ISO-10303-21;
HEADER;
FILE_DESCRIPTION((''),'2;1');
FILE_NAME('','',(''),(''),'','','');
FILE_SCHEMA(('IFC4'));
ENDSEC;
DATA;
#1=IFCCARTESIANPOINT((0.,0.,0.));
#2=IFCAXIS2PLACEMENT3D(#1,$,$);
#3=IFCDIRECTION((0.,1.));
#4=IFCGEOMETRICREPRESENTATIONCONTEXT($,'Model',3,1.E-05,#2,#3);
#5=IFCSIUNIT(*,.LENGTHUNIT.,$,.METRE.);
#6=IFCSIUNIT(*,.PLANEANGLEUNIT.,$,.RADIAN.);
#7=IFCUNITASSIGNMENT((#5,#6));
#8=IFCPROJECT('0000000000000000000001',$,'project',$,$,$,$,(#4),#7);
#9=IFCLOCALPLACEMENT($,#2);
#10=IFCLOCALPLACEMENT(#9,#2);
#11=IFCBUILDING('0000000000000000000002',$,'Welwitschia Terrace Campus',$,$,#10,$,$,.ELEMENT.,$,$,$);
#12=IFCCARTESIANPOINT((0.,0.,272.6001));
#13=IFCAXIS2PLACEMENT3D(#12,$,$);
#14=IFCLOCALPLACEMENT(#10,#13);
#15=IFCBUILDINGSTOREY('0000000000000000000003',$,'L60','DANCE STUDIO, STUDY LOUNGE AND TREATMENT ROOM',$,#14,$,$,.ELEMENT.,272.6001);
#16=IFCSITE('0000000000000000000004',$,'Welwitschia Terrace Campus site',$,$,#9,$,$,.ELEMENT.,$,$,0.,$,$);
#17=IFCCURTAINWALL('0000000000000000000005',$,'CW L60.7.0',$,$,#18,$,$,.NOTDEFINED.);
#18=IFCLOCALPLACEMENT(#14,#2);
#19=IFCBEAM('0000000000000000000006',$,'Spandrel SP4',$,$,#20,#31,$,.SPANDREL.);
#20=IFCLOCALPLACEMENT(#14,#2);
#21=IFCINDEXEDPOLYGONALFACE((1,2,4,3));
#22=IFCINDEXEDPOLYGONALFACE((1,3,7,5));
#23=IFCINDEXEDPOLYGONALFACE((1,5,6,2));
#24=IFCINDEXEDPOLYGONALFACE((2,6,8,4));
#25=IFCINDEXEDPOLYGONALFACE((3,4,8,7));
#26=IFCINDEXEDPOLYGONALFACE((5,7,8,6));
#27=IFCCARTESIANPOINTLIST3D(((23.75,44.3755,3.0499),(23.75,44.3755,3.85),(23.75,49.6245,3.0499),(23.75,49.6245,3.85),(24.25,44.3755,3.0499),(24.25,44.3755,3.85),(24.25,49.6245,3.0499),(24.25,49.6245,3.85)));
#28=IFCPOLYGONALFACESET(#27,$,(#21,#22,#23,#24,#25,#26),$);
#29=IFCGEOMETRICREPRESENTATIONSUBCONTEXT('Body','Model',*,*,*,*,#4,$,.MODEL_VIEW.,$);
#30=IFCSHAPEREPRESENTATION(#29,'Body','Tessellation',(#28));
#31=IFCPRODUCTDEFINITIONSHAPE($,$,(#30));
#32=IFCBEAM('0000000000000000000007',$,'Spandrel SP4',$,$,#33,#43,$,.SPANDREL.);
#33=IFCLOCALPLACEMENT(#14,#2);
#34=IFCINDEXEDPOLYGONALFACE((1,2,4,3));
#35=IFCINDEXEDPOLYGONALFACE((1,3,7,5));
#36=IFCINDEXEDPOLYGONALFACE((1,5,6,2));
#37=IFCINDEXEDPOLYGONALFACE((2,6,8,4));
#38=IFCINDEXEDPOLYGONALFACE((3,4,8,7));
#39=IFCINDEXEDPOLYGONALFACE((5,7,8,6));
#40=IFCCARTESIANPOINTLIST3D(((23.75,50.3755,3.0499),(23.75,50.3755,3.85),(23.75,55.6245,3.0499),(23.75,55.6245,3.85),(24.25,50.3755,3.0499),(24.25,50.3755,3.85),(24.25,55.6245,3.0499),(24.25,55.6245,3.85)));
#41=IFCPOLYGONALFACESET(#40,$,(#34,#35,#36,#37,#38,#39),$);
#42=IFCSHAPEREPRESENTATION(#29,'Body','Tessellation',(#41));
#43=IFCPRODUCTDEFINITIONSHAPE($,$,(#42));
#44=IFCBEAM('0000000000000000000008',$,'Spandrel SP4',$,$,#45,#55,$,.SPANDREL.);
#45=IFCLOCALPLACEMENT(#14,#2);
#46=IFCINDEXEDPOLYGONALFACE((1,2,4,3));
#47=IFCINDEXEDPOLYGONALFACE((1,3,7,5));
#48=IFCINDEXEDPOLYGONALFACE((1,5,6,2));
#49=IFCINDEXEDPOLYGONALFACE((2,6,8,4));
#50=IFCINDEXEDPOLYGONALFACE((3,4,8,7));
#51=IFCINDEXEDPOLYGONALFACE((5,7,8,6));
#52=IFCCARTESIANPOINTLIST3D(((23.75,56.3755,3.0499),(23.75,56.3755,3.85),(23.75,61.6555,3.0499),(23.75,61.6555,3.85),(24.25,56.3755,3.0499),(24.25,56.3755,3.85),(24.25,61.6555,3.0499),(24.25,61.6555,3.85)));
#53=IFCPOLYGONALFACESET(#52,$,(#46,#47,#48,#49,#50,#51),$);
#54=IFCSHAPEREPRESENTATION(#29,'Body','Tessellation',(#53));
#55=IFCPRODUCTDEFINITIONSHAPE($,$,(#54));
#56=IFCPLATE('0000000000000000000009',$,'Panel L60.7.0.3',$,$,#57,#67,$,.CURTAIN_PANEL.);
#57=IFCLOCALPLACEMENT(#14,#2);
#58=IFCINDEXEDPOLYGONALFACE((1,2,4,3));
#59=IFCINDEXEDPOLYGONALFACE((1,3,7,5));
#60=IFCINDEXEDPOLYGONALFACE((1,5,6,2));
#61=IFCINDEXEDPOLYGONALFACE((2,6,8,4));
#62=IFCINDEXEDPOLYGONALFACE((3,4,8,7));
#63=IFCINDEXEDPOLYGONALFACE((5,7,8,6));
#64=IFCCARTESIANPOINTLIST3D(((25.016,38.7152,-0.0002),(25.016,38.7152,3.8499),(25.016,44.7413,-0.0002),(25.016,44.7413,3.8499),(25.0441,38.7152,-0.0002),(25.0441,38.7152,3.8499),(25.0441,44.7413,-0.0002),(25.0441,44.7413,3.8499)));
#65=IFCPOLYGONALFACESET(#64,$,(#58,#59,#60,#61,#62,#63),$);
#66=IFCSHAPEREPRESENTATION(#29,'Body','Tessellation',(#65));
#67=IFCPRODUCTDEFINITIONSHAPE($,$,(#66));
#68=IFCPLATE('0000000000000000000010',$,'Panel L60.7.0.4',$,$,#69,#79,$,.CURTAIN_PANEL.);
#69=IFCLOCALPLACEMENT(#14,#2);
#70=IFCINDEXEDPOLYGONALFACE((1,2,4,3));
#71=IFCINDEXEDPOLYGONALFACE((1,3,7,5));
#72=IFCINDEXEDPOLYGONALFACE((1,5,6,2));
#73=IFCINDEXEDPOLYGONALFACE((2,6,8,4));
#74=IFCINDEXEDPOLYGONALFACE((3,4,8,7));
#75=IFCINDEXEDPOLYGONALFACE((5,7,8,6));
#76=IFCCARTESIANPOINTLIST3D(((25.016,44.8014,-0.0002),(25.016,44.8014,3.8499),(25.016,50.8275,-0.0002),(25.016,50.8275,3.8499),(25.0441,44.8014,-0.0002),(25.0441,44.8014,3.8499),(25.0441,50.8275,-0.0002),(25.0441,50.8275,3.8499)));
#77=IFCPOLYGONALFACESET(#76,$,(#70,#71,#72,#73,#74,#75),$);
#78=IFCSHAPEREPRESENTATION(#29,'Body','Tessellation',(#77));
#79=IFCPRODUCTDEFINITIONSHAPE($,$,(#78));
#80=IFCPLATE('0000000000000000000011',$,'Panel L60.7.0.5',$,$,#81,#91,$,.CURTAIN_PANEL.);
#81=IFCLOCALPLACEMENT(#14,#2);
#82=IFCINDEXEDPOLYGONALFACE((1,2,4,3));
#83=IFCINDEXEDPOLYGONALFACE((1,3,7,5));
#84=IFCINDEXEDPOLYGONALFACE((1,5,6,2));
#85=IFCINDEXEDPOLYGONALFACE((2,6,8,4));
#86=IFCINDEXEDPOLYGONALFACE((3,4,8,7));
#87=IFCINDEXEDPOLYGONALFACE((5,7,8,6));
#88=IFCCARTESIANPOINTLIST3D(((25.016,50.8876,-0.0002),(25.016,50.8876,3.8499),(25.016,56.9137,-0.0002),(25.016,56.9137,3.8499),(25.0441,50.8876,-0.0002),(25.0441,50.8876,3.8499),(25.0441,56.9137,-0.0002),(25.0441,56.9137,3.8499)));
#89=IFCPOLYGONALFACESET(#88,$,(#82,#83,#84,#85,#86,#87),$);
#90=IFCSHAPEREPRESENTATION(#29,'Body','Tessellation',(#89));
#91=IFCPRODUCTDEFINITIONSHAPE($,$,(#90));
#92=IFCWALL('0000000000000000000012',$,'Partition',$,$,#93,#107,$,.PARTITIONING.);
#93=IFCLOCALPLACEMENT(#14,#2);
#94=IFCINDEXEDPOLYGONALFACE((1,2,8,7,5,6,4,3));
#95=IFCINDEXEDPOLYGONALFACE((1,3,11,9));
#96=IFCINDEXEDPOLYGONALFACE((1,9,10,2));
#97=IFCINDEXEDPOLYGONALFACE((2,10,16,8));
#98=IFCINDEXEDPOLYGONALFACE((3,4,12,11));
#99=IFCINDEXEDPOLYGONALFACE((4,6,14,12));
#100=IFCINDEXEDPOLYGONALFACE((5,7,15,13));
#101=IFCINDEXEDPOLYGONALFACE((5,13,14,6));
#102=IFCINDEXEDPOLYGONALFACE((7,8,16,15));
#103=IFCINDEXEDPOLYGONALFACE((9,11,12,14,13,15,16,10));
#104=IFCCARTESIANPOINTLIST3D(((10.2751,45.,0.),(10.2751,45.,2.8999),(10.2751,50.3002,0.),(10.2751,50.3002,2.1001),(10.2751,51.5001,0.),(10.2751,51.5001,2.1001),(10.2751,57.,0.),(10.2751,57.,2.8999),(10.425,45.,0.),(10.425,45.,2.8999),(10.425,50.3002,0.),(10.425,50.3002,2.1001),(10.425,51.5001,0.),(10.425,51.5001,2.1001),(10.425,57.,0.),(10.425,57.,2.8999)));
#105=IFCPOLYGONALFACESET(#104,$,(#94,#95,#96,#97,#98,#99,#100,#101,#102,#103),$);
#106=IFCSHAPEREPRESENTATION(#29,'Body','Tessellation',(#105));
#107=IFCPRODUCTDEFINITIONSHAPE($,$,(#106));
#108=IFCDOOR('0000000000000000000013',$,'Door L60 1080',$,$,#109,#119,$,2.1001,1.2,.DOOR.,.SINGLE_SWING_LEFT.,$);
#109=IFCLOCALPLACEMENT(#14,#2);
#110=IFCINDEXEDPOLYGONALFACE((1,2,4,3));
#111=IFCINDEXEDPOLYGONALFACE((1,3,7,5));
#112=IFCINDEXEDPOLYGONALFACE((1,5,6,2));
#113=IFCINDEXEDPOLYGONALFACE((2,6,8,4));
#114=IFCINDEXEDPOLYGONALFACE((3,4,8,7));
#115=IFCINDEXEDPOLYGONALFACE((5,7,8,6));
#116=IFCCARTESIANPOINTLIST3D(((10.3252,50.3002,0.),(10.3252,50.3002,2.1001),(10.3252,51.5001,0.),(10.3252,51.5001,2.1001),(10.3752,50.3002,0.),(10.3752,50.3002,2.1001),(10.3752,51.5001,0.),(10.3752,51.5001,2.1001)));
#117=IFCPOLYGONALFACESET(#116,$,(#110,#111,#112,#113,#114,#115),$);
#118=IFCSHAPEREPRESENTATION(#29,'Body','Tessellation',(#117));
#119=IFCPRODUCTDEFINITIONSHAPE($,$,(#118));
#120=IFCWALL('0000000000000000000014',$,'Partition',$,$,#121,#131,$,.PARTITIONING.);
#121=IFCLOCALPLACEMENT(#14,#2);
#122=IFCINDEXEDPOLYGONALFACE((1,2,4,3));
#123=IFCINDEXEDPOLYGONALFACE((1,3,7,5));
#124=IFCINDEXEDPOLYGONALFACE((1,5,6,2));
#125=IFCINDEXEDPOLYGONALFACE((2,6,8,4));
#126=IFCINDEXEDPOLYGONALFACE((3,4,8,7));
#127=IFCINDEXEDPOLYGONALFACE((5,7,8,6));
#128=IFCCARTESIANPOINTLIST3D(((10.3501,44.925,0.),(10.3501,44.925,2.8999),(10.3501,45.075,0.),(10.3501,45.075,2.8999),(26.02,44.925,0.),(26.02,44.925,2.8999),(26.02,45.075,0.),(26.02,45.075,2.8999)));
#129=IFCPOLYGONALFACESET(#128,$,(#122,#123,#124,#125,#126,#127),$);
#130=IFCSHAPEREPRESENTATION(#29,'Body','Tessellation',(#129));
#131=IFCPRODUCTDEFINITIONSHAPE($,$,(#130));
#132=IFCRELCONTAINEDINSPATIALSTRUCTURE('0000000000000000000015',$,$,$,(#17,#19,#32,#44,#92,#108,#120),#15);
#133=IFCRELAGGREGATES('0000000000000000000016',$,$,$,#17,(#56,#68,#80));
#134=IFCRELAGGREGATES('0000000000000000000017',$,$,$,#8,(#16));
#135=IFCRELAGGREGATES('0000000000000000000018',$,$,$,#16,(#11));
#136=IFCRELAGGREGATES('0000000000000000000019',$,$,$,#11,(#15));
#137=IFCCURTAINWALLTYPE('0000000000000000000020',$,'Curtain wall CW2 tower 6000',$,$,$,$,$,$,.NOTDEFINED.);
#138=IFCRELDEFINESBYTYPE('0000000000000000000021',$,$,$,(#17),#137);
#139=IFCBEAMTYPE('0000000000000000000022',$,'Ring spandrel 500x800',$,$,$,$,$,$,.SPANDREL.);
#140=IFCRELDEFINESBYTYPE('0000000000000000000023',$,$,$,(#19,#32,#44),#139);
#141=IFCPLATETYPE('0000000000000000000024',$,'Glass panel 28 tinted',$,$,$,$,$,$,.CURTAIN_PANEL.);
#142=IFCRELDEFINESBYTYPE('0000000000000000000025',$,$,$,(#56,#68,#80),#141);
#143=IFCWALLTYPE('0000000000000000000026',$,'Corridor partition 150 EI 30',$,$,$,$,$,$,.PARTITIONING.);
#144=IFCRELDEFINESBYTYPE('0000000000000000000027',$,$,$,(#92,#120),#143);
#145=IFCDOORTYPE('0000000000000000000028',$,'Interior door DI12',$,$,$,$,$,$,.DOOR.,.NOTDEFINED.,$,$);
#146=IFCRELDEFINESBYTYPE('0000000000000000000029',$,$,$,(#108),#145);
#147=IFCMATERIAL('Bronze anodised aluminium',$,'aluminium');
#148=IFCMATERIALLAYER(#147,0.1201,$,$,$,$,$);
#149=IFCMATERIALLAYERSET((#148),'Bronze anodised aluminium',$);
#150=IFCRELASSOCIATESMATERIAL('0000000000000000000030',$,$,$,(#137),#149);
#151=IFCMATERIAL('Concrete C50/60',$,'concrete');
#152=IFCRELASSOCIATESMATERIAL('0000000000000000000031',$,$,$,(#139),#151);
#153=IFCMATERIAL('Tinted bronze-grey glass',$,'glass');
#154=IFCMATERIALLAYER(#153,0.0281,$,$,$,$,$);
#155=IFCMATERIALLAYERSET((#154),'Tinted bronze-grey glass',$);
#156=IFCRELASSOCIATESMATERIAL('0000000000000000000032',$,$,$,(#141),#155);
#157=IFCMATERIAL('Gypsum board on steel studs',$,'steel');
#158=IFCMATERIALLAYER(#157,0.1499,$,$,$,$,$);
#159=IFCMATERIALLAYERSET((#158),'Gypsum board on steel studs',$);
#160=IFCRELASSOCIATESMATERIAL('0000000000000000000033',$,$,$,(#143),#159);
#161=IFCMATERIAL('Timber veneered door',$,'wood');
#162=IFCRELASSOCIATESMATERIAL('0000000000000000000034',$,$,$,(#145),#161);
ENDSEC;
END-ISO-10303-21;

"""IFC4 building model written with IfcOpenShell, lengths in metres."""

from ifc_helpers import new_model, si_unit, direction, frame, frame_2d, origin, origin_2d, place, context, subcontext, project, spatial, rectangle, extrude, material, layer, layer_set, material_profile, profile_set, type_object, element, fill, aggregate, save


model = new_model("IFC4")

# Units and contexts
model_context = context("Model", 3, precision=1e-05, world=origin(), true_north=direction((0.0, 1.0)))
body_context = subcontext(model_context, "Body", "Model", "MODEL_VIEW")
ifc_project = project(units=[si_unit("LENGTHUNIT", "METRE"), si_unit("PLANEANGLEUNIT", "RADIAN")], contexts=[model_context])

# Site, building, storey
site_placement = place(None, origin())
site = spatial("IfcSite", under=ifc_project, at=site_placement, Name="Welwitschia Terrace Campus site", CompositionType="ELEMENT", RefElevation=0.0)
building_placement = place(site_placement, origin())
building = spatial("IfcBuilding", under=site, at=building_placement, Name="Welwitschia Terrace Campus", CompositionType="ELEMENT")
storey_placement = place(building_placement, frame((0.0, 0.0, 272.6001)))
storey = spatial("IfcBuildingStorey", under=building, at=storey_placement, Name="L60", Description="DANCE STUDIO, STUDY LOUNGE AND TREATMENT ROOM", CompositionType="ELEMENT", Elevation=272.6001)

# Curtain wall
ifc_material_1 = material(Name="Bronze anodised aluminium", Category="aluminium")
ifc_layer_1 = layer(ifc_material_1, 0.1201)
ifc_layer_set_1 = layer_set([ifc_layer_1], Name="Bronze anodised aluminium")
curtain_wall_type = type_object("IfcCurtainWallType", Name="Curtain wall CW2 tower 6000", PredefinedType="NOTDEFINED", material=ifc_layer_set_1)
curtain_wall_placement = place(storey_placement, origin())
curtain_wall = element("IfcCurtainWall", 1, at=curtain_wall_placement, inside=storey, type_object=curtain_wall_type, Name="CW L60.7.0", PredefinedType="NOTDEFINED")

# Beams
ifc_material_2 = material(Name="Concrete C50/60", Category="concrete")
ifc_material_profile_1 = material_profile(ifc_material_2, rectangle(XDim=0.5, YDim=0.8, at=origin_2d()))
ifc_profile_set_1 = profile_set([ifc_material_profile_1], Name="Concrete C50/60")
beam_type_1 = type_object("IfcBeamType", Name="Ring spandrel 500x800", PredefinedType="SPANDREL", material=ifc_profile_set_1)
for number, where, z_axis, x_axis, name in (
    (2, (24.0, 44.3755, 3.45), (0.0, 1.0, 0.0), (-1.0, 0.0, 0.0), "Spandrel SP4"),
    (3, (24.0, 50.3755, 3.45), (0.0, 1.0, 0.0), (-1.0, 0.0, 0.0), "Spandrel SP4"),
):
    element("IfcBeam", number, at=place(storey_placement, frame(where, z_axis=z_axis, x_axis=x_axis)), inside=storey, type_object=beam_type_1, Name=name, PredefinedType="SPANDREL", context=body_context, shape_type="SweptSolid", body=[
        extrude(rectangle(XDim=0.5, YDim=0.8, at=origin_2d()), origin(), (0.0, 0.0, 1.0), 5.249),
    ])
beam_1_placement = place(storey_placement, frame((24.0, 56.3755, 3.45), z_axis=(0.0, 1.0, 0.0), x_axis=(-1.0, 0.0, 0.0)))
element("IfcBeam", 4, at=beam_1_placement, inside=storey, type_object=beam_type_1, Name="Spandrel SP4", PredefinedType="SPANDREL", context=body_context, shape_type="SweptSolid", body=[
    extrude(rectangle(XDim=0.5, YDim=0.8, at=origin_2d()), origin(), (0.0, 0.0, 1.0), 5.28),
])

# Plates
ifc_material_3 = material(Name="Tinted bronze-grey glass", Category="glass")
ifc_layer_2 = layer(ifc_material_3, 0.0281)
ifc_layer_set_2 = layer_set([ifc_layer_2], Name="Tinted bronze-grey glass")
plate_type = type_object("IfcPlateType", Name="Glass panel 28 tinted", PredefinedType="CURTAIN_PANEL", material=ifc_layer_set_2)
plate_1_placement = place(storey_placement, frame((25.03, 41.7283, -0.0002), z_axis=(0.0, 0.0, 1.0), x_axis=(0.0, 1.0, 0.0)))
plate_1 = element("IfcPlate", 5, at=plate_1_placement, type_object=plate_type, Name="Panel L60.7.0.3", PredefinedType="CURTAIN_PANEL", context=body_context, shape_type="SweptSolid", body=[
    extrude(rectangle(XDim=6.0261, YDim=0.0281, at=origin_2d()), origin(), (0.0, 0.0, 1.0), 3.8501),
])
plate_2_placement = place(storey_placement, frame((25.03, 47.8145, -0.0002), z_axis=(0.0, 0.0, 1.0), x_axis=(0.0, 1.0, 0.0)))
plate_2 = element("IfcPlate", 6, at=plate_2_placement, type_object=plate_type, Name="Panel L60.7.0.4", PredefinedType="CURTAIN_PANEL", context=body_context, shape_type="SweptSolid", body=[
    extrude(rectangle(XDim=6.0261, YDim=0.0281, at=origin_2d()), origin(), (0.0, 0.0, 1.0), 3.8501),
])
plate_3_placement = place(storey_placement, frame((25.03, 53.9006, -0.0002), z_axis=(0.0, 0.0, 1.0), x_axis=(0.0, 1.0, 0.0)))
plate_3 = element("IfcPlate", 7, at=plate_3_placement, type_object=plate_type, Name="Panel L60.7.0.5", PredefinedType="CURTAIN_PANEL", context=body_context, shape_type="SweptSolid", body=[
    extrude(rectangle(XDim=6.0261, YDim=0.0281, at=origin_2d()), origin(), (0.0, 0.0, 1.0), 3.8501),
])
aggregate(curtain_wall, [plate_1, plate_2, plate_3])

# Wall, opening, door
ifc_material_4 = material(Name="Gypsum board on steel studs", Category="steel")
ifc_layer_3 = layer(ifc_material_4, 0.1499)
ifc_layer_set_3 = layer_set([ifc_layer_3], Name="Gypsum board on steel studs")
wall_type = type_object("IfcWallType", Name="Corridor partition 150 EI 30", PredefinedType="PARTITIONING", material=ifc_layer_set_3)
wall_1_placement = place(storey_placement, frame((10.3501, 45.0, 0.0), z_axis=(0.0, 0.0, 1.0), x_axis=(0.0, 1.0, 0.0)))
wall_1 = element("IfcWall", 8, at=wall_1_placement, inside=storey, type_object=wall_type, Name="Partition", PredefinedType="PARTITIONING", context=body_context, shape_type="SweptSolid", body=[
    extrude(rectangle(XDim=12.0, YDim=0.1499, at=frame_2d((6.0, 0.0))), origin(), (0.0, 0.0, 1.0), 2.8999),
])
opening_placement = place(wall_1_placement, frame((5.3, 0.0, 0.0)))
opening = element("IfcOpeningElement", 9, at=opening_placement, cuts=wall_1, PredefinedType="OPENING", context=body_context, shape_type="SweptSolid", body=[
    extrude(rectangle(XDim=1.2, YDim=2.1001, at=frame_2d((0.6001, 1.05))), frame((0.0, 0.085, 0.0), z_axis=(0.0, -1.0, 0.0), x_axis=(1.0, 0.0, 0.0)), (0.0, 0.0, 1.0), 0.1699),
])
ifc_material_5 = material(Name="Timber veneered door", Category="wood")
door_type = type_object("IfcDoorType", Name="Interior door DI12", OperationType="NOTDEFINED", PredefinedType="DOOR", material=ifc_material_5)
door_placement = place(opening_placement, origin())
door = element("IfcDoor", 10, at=door_placement, inside=storey, type_object=door_type, Name="Door L60 1080", OperationType="SINGLE_SWING_LEFT", OverallHeight=2.1001, OverallWidth=1.2, PredefinedType="DOOR", context=body_context, shape_type="SweptSolid", body=[
    extrude(rectangle(XDim=1.2, YDim=2.1001, at=frame_2d((0.6001, 1.05))), frame((0.0, 0.0249, 0.0), z_axis=(0.0, -1.0, 0.0), x_axis=(1.0, 0.0, 0.0)), (0.0, 0.0, 1.0), 0.05),
])
fill(opening, door)

# Wall
wall_2_placement = place(storey_placement, frame((10.3501, 45.0, 0.0), z_axis=(0.0, 0.0, 1.0), x_axis=(1.0, 0.0, 0.0)))
element("IfcWall", 11, at=wall_2_placement, inside=storey, type_object=wall_type, Name="Partition", PredefinedType="PARTITIONING", context=body_context, shape_type="SweptSolid", body=[
    extrude(rectangle(XDim=15.6699, YDim=0.1499, at=frame_2d((7.835, 0.0))), origin(), (0.0, 0.0, 1.0), 2.8999),
])

save(model, "model.ifc")
